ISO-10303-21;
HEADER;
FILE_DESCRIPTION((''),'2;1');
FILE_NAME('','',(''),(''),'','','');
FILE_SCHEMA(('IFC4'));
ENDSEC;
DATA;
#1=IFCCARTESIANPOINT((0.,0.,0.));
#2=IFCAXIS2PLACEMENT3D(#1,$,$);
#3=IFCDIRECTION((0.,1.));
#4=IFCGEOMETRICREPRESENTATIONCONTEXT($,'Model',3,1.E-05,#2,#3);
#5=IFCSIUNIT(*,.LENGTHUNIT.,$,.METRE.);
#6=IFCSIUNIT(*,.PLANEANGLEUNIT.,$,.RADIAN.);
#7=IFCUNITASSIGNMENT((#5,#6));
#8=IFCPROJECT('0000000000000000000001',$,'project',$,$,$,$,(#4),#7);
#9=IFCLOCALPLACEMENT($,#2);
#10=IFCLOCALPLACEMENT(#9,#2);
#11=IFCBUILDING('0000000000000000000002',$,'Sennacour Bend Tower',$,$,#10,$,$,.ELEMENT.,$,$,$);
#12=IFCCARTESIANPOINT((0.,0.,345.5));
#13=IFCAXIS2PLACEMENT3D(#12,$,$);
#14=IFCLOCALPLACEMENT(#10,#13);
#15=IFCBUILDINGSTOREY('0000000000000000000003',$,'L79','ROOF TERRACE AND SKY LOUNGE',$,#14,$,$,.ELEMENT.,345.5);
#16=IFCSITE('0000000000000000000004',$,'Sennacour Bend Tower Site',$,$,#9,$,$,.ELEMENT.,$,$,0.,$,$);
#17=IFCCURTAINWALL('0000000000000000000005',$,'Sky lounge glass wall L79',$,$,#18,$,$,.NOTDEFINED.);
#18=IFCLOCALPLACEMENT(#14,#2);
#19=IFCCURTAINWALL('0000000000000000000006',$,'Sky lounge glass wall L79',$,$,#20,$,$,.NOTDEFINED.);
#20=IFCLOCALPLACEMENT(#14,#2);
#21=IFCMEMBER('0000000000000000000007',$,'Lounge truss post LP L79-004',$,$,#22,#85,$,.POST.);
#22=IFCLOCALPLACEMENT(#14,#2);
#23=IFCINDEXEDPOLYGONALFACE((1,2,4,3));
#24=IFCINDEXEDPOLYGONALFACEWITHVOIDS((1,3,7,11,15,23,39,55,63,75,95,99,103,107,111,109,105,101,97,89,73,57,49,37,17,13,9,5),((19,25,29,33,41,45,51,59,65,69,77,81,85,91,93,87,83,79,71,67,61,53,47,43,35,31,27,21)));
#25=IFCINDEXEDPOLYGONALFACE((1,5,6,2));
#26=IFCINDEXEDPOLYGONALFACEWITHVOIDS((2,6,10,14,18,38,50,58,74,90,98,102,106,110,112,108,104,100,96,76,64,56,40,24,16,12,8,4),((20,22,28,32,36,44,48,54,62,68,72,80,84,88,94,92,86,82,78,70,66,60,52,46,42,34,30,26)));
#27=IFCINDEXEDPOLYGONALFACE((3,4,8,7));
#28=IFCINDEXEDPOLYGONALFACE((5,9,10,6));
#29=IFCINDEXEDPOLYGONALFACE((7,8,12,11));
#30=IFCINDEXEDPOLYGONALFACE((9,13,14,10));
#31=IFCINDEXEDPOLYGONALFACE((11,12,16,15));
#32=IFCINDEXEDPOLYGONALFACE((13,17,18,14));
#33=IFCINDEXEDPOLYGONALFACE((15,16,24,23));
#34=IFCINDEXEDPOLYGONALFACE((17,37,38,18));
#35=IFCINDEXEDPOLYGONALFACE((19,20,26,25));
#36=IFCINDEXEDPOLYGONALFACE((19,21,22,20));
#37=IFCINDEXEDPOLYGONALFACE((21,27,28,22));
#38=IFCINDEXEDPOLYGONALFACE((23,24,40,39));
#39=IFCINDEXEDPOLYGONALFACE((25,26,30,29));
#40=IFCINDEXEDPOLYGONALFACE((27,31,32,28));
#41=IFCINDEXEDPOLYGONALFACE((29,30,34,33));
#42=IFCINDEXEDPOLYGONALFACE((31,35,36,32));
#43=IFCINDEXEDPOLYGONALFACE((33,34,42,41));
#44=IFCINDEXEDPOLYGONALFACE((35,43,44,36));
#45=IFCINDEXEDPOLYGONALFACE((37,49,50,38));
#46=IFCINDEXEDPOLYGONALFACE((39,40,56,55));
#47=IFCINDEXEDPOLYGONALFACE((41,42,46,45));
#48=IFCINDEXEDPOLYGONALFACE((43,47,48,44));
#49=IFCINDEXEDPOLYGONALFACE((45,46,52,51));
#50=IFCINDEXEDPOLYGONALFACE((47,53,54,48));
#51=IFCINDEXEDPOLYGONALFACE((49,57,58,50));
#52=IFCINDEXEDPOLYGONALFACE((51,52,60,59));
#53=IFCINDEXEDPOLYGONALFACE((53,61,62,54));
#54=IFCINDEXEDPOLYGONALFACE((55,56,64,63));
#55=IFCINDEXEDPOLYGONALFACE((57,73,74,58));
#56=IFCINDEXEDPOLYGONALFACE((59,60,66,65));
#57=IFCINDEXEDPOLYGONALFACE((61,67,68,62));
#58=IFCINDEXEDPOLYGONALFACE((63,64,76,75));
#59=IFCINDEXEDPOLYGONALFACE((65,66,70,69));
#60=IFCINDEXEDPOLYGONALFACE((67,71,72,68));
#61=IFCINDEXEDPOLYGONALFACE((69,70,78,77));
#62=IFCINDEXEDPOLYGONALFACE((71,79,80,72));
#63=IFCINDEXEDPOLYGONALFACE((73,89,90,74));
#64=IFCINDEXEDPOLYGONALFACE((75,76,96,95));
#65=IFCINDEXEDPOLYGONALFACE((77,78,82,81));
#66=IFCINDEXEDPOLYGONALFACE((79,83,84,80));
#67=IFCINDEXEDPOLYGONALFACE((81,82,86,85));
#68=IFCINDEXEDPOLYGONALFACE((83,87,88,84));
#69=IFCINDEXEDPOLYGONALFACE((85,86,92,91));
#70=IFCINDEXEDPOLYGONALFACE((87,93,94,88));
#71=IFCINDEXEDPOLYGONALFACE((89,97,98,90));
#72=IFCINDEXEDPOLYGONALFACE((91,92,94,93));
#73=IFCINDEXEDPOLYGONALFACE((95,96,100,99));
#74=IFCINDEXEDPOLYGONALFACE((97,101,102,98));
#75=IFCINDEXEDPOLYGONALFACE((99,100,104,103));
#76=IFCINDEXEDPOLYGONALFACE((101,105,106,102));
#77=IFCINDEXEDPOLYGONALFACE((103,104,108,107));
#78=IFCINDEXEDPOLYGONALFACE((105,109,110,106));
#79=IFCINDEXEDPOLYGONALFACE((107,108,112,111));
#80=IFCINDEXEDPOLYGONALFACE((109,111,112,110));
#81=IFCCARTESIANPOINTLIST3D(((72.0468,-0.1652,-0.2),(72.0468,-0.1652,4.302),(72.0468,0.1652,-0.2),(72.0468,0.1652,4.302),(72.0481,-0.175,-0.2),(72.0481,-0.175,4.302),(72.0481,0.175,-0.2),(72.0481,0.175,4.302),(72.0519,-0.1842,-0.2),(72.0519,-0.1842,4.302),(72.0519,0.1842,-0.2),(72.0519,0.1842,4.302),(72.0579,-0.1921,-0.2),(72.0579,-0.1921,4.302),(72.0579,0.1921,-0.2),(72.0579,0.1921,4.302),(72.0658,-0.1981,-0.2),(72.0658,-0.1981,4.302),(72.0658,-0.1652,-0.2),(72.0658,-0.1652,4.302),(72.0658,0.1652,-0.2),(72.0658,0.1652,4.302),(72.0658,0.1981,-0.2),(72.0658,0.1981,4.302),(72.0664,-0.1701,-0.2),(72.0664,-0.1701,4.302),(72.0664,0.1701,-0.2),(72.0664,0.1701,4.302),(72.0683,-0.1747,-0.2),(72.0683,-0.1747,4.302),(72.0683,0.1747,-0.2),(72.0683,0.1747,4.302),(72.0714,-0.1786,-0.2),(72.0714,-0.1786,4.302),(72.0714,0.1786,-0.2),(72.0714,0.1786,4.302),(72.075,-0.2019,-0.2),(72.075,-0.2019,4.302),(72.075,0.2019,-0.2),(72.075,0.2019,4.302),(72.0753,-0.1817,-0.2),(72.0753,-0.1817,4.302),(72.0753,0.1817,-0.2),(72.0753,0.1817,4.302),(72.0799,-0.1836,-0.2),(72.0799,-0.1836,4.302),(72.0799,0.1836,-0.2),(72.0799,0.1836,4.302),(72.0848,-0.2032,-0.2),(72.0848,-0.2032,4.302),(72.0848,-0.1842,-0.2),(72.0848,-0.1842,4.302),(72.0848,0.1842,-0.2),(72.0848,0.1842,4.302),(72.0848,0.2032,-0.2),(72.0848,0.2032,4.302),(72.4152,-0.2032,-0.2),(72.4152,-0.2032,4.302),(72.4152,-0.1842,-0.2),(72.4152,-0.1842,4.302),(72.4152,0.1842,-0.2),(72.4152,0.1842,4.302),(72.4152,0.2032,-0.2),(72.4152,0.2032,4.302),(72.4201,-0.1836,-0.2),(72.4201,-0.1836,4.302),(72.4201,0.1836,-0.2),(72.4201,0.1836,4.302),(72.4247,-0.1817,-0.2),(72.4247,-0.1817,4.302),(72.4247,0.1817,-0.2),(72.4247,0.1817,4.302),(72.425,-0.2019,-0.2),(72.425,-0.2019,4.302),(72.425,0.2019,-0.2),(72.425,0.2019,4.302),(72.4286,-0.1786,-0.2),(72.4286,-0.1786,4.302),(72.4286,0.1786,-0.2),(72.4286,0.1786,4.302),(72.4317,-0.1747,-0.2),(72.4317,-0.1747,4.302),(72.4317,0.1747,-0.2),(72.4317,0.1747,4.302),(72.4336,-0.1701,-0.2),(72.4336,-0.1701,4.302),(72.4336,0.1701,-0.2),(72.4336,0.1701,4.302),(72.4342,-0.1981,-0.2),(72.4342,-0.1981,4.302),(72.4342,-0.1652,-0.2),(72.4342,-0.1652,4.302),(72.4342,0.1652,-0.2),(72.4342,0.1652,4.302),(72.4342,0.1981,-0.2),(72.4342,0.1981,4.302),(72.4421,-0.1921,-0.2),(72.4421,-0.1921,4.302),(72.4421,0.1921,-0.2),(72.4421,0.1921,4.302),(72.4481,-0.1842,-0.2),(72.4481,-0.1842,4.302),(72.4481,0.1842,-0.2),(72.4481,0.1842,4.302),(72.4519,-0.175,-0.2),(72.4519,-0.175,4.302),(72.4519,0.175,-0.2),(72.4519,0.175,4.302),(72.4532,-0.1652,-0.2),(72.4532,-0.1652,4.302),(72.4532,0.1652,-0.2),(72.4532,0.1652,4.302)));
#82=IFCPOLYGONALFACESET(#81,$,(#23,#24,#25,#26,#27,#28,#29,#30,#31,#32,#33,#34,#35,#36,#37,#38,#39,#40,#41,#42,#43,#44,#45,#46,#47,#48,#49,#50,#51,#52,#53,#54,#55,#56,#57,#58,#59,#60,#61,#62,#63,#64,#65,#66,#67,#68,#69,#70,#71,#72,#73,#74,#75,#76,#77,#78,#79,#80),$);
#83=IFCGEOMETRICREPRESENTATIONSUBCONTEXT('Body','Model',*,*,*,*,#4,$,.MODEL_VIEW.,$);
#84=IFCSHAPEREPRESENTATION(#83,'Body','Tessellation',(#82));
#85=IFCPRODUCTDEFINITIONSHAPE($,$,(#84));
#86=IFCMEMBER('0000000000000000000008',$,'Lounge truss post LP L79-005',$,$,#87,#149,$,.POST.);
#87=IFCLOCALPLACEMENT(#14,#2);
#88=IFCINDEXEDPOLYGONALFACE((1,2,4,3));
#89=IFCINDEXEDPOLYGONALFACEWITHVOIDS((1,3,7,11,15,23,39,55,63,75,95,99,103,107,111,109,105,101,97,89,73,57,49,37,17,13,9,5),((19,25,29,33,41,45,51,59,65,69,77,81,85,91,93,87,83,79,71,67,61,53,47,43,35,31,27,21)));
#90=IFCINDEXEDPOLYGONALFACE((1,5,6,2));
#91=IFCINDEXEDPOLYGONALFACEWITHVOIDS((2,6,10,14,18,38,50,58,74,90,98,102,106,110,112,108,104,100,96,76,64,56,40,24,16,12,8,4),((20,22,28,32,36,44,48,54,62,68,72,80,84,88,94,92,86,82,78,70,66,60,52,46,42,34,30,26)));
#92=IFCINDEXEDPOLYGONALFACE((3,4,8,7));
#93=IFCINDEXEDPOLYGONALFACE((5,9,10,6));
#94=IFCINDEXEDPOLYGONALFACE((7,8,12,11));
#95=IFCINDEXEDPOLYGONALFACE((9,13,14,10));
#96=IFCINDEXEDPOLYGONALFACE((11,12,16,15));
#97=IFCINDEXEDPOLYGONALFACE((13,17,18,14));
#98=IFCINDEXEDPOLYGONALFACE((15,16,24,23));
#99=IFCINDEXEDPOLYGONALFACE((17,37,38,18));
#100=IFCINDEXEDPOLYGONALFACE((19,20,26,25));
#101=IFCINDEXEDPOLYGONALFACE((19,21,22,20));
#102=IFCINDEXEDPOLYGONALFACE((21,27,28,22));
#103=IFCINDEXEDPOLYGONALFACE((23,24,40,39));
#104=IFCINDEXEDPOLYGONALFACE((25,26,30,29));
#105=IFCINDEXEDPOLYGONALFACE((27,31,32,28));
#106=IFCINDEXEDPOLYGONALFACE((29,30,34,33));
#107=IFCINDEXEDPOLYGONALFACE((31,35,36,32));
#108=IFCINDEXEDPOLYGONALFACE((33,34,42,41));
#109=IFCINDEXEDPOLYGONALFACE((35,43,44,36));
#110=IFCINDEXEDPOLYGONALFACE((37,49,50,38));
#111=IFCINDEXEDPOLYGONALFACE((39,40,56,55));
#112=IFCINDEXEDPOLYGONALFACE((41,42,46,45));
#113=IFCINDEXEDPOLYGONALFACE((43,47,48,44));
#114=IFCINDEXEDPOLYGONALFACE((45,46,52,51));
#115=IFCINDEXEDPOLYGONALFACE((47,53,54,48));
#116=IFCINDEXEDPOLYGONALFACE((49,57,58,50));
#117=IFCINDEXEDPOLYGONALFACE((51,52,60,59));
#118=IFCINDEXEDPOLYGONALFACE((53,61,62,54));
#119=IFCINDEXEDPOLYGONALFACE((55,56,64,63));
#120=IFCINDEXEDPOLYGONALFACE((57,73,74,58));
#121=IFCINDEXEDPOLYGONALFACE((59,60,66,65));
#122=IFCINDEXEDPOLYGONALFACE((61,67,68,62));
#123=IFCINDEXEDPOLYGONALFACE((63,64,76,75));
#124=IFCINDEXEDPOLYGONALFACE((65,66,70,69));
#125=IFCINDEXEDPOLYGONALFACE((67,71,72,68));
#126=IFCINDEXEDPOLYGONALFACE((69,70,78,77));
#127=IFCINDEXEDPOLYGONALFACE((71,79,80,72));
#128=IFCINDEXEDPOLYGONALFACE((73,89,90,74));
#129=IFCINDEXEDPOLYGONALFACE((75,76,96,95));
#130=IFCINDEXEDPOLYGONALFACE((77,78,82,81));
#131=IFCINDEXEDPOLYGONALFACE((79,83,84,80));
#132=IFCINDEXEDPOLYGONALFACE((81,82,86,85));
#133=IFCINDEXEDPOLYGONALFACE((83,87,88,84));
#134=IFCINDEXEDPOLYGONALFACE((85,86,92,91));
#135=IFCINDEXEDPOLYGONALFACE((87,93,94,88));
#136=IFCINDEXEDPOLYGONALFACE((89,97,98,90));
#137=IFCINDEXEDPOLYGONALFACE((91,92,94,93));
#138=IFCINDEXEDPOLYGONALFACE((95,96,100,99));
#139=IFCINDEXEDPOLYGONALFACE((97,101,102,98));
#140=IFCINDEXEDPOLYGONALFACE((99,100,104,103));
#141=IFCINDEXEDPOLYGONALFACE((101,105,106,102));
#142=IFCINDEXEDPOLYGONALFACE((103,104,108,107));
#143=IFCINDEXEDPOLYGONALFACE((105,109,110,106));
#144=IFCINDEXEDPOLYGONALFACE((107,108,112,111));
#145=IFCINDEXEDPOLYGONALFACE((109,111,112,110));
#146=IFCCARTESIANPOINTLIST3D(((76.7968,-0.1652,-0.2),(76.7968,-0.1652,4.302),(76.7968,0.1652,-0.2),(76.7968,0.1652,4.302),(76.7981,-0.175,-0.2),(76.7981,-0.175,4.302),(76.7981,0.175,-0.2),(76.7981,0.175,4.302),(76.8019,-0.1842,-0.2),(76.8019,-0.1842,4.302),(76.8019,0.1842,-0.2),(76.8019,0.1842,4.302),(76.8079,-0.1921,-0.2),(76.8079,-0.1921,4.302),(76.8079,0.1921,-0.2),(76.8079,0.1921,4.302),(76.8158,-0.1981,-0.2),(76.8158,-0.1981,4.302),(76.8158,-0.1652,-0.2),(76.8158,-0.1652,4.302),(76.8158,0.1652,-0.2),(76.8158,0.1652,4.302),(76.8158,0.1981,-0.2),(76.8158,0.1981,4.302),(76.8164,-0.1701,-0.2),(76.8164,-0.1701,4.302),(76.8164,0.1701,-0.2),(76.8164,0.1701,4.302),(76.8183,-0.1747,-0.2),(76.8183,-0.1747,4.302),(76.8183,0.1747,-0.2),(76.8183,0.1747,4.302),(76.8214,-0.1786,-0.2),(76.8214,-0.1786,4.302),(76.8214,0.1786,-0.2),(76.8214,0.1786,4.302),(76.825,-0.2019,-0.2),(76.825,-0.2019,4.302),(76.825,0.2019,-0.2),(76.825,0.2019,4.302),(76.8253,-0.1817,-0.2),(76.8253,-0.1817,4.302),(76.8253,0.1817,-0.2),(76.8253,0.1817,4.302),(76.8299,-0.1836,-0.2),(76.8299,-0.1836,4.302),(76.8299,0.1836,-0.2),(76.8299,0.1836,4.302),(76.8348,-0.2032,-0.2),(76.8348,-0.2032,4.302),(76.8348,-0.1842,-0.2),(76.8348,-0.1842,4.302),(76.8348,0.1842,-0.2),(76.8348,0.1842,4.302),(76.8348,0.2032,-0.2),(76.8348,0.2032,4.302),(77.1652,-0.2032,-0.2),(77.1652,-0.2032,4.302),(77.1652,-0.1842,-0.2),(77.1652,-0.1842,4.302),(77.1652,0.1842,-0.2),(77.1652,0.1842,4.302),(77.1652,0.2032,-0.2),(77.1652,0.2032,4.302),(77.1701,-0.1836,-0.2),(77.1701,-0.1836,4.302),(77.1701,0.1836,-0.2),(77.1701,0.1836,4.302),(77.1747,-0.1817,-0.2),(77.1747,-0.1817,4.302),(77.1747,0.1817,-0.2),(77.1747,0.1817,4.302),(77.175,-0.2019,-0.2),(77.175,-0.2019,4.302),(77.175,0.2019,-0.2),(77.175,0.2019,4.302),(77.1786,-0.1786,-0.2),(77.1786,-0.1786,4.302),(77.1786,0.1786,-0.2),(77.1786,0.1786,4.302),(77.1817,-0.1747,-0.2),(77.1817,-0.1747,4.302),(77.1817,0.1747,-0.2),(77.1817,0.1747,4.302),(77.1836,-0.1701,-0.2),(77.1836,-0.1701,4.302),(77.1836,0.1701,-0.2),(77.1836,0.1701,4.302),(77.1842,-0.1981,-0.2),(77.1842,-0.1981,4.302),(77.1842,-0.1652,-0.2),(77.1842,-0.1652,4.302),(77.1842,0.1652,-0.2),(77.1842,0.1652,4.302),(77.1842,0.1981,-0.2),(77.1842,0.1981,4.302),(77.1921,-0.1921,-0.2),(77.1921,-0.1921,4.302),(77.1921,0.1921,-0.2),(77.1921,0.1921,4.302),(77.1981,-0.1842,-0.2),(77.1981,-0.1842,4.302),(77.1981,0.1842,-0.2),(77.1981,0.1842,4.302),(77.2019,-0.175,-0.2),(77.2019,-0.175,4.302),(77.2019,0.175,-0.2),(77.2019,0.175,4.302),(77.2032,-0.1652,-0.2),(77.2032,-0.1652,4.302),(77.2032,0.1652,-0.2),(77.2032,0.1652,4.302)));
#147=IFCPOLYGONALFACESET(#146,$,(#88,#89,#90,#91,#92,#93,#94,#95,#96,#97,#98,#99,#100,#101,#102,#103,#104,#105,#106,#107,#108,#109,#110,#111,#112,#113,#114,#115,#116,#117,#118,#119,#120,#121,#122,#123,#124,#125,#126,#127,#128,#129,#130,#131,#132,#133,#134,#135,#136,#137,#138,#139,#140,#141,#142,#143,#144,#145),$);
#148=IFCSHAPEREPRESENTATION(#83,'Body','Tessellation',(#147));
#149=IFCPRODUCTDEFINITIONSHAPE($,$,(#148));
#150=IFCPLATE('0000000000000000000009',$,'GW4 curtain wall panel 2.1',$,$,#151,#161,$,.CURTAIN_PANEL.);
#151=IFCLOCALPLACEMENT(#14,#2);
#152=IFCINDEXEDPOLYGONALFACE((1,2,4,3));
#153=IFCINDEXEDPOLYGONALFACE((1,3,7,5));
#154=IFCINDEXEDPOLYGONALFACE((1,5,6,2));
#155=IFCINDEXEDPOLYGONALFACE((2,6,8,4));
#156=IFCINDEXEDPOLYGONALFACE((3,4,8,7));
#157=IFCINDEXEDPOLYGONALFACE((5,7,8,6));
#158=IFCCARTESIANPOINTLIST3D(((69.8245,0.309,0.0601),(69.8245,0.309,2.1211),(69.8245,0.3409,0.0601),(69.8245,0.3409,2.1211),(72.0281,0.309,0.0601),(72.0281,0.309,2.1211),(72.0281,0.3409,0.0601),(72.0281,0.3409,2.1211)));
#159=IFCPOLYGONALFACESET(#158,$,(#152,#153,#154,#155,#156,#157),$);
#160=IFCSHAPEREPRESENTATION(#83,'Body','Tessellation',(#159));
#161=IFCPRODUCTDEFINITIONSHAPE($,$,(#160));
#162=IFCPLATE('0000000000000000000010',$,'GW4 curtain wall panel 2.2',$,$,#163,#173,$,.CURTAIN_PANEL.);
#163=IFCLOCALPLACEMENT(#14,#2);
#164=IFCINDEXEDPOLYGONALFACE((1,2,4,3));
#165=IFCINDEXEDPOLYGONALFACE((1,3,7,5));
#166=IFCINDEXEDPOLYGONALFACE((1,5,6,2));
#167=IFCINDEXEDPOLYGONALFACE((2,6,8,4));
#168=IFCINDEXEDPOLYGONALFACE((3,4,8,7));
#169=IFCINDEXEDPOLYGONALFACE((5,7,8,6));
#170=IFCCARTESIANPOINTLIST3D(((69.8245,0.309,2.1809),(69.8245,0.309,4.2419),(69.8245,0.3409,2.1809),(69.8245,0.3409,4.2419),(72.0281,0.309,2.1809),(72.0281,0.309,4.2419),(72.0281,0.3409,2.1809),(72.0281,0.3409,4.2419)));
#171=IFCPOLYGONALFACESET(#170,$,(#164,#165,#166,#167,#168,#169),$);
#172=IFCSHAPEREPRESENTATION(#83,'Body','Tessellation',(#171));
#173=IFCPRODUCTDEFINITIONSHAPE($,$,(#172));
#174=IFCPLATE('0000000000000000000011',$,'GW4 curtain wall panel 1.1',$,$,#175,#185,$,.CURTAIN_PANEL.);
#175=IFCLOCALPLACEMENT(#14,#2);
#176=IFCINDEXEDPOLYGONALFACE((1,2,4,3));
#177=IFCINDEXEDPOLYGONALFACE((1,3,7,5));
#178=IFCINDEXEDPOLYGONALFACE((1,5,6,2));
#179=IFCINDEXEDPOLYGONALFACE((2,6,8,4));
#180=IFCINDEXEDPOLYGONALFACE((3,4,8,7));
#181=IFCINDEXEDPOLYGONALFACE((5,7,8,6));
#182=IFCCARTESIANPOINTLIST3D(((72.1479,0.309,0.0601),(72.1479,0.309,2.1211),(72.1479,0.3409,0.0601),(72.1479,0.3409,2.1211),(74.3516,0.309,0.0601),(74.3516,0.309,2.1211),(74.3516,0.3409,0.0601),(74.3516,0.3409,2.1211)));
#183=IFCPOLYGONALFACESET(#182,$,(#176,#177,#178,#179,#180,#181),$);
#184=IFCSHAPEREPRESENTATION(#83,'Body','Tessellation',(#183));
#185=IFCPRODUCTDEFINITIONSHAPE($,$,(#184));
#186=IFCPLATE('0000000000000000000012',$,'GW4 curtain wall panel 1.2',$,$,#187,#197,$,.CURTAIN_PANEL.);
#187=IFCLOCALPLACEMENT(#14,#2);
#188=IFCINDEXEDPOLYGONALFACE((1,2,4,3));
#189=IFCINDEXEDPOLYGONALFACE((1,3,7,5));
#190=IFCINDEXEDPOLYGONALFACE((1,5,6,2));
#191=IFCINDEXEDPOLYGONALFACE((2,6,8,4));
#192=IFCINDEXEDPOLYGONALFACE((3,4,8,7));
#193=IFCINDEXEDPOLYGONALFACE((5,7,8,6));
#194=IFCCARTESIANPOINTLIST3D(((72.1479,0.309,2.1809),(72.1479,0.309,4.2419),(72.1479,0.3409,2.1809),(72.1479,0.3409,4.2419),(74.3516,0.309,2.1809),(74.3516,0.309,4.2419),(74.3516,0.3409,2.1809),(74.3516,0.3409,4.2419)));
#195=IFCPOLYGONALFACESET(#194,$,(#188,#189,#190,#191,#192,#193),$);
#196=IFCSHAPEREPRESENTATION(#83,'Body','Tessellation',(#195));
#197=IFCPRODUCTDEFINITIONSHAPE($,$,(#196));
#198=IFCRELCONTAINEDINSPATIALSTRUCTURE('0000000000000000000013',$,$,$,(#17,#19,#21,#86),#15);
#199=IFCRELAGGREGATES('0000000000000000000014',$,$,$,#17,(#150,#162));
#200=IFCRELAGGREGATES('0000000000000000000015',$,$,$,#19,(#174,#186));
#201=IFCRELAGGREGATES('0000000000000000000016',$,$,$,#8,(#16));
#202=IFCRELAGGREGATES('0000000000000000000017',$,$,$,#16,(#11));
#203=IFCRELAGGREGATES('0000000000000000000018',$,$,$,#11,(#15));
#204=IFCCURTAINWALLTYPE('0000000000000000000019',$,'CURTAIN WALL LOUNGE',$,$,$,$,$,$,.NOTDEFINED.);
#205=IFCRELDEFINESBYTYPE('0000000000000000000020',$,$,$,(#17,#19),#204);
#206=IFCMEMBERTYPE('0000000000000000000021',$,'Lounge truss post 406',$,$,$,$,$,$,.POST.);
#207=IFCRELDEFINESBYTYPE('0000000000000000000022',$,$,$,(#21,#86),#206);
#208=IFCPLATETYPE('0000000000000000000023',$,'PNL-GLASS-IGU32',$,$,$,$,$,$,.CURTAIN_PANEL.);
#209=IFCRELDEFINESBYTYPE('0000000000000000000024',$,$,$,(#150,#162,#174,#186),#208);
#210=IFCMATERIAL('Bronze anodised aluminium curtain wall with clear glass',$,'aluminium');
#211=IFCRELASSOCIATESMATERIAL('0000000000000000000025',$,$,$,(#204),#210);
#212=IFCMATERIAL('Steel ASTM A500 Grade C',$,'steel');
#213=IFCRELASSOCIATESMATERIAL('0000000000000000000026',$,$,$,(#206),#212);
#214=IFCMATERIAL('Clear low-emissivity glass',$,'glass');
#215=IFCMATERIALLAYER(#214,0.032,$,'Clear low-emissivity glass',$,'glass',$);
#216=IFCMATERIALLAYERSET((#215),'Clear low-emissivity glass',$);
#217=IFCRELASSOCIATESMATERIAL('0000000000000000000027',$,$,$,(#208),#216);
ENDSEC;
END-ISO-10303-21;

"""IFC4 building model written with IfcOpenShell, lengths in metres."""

from ifc_helpers import new_model, si_unit, direction, frame, origin, origin_2d, place, context, subcontext, project, spatial, rectangle, hollow_rectangle, extrude, material, layer, layer_set, material_profile, profile_set, type_object, element, aggregate, save


model = new_model("IFC4")

# Units and contexts
model_context = context("Model", 3, precision=1e-05, world=origin(), true_north=direction((0.0, 1.0)))
body_context = subcontext(model_context, "Body", "Model", "MODEL_VIEW")
ifc_project = project(units=[si_unit("LENGTHUNIT", "METRE"), si_unit("PLANEANGLEUNIT", "RADIAN")], contexts=[model_context])

# Site, building, storey
site_placement = place(None, origin())
site = spatial("IfcSite", under=ifc_project, at=site_placement, Name="Sennacour Bend Tower Site", CompositionType="ELEMENT", RefElevation=0.0)
building_placement = place(site_placement, origin())
building = spatial("IfcBuilding", under=site, at=building_placement, Name="Sennacour Bend Tower", CompositionType="ELEMENT")
storey_placement = place(building_placement, frame((0.0, 0.0, 345.5)))
storey = spatial("IfcBuildingStorey", under=building, at=storey_placement, Name="L79", Description="ROOF TERRACE AND SKY LOUNGE", CompositionType="ELEMENT", Elevation=345.5)

# Curtain wall
ifc_material_1 = material(Name="Bronze anodised aluminium curtain wall with clear glass", Category="aluminium")
curtain_wall_type = type_object("IfcCurtainWallType", Name="CURTAIN WALL LOUNGE", PredefinedType="NOTDEFINED", material=ifc_material_1)
curtain_wall_1_placement = place(storey_placement, origin())
curtain_wall_1 = element("IfcCurtainWall", 1, at=curtain_wall_1_placement, inside=storey, type_object=curtain_wall_type, Name="Sky lounge glass wall L79", PredefinedType="NOTDEFINED")

# Curtain wall
curtain_wall_2_placement = place(storey_placement, origin())
curtain_wall_2 = element("IfcCurtainWall", 2, at=curtain_wall_2_placement, inside=storey, type_object=curtain_wall_type, Name="Sky lounge glass wall L79", PredefinedType="NOTDEFINED")

# Members
ifc_material_2 = material(Name="Steel ASTM A500 Grade C", Category="steel")
ifc_material_profile_1 = material_profile(ifc_material_2, hollow_rectangle(XDim=0.4065, YDim=0.4065, WallThickness=0.019, InnerFilletRadius=0.019, OuterFilletRadius=0.0381, at=origin_2d()), Name="Steel ASTM A500 Grade C", Category="steel")
ifc_profile_set_1 = profile_set([ifc_material_profile_1], Name="Steel ASTM A500 Grade C")
member_type_1 = type_object("IfcMemberType", Name="Lounge truss post 406", PredefinedType="POST", material=ifc_profile_set_1)
for number, where, z_axis, x_axis, name in (
    (3, (72.25, 0.0, -0.2), (0.0, 0.0, 1.0), (1.0, 0.0, 0.0), "Lounge truss post LP L79-004"),
    (4, (77.0, 0.0, -0.2), (0.0, 0.0, 1.0), (1.0, 0.0, 0.0), "Lounge truss post LP L79-005"),
):
    element("IfcMember", number, at=place(storey_placement, frame(where, z_axis=z_axis, x_axis=x_axis)), inside=storey, type_object=member_type_1, Name=name, PredefinedType="POST", context=body_context, shape_type="SweptSolid", body=[
        extrude(hollow_rectangle(XDim=0.4065, YDim=0.4065, WallThickness=0.019, InnerFilletRadius=0.019, OuterFilletRadius=0.0381, at=origin_2d()), origin(), (0.0, 0.0, 1.0), 4.502),
    ])

# Plates
ifc_material_3 = material(Name="Clear low-emissivity glass", Category="glass")
ifc_layer = layer(ifc_material_3, 0.032, Name="Clear low-emissivity glass", Category="glass")
ifc_layer_set = layer_set([ifc_layer], Name="Clear low-emissivity glass")
plate_type = type_object("IfcPlateType", Name="PNL-GLASS-IGU32", PredefinedType="CURTAIN_PANEL", material=ifc_layer_set)
plate_1_placement = place(storey_placement, frame((70.9263, 0.325, 0.0601), z_axis=(0.0, 0.0, 1.0), x_axis=(1.0, 0.0, 0.0)))
plate_1 = element("IfcPlate", 5, at=plate_1_placement, type_object=plate_type, Name="GW4 curtain wall panel 2.1", PredefinedType="CURTAIN_PANEL", context=body_context, shape_type="SweptSolid", body=[
    extrude(rectangle(XDim=2.2036, YDim=0.032, at=origin_2d()), origin(), (0.0, 0.0, 1.0), 2.061),
])
plate_2_placement = place(storey_placement, frame((70.9263, 0.325, 2.1809), z_axis=(0.0, 0.0, 1.0), x_axis=(1.0, 0.0, 0.0)))
plate_2 = element("IfcPlate", 6, at=plate_2_placement, type_object=plate_type, Name="GW4 curtain wall panel 2.2", PredefinedType="CURTAIN_PANEL", context=body_context, shape_type="SweptSolid", body=[
    extrude(rectangle(XDim=2.2036, YDim=0.032, at=origin_2d()), origin(), (0.0, 0.0, 1.0), 2.061),
])
aggregate(curtain_wall_1, [plate_1, plate_2])
plate_3_placement = place(storey_placement, frame((73.2498, 0.325, 0.0601), z_axis=(0.0, 0.0, 1.0), x_axis=(1.0, 0.0, 0.0)))
plate_3 = element("IfcPlate", 7, at=plate_3_placement, type_object=plate_type, Name="GW4 curtain wall panel 1.1", PredefinedType="CURTAIN_PANEL", context=body_context, shape_type="SweptSolid", body=[
    extrude(rectangle(XDim=2.2036, YDim=0.032, at=origin_2d()), origin(), (0.0, 0.0, 1.0), 2.061),
])
plate_4_placement = place(storey_placement, frame((73.2498, 0.325, 2.1809), z_axis=(0.0, 0.0, 1.0), x_axis=(1.0, 0.0, 0.0)))
plate_4 = element("IfcPlate", 8, at=plate_4_placement, type_object=plate_type, Name="GW4 curtain wall panel 1.2", PredefinedType="CURTAIN_PANEL", context=body_context, shape_type="SweptSolid", body=[
    extrude(rectangle(XDim=2.2036, YDim=0.032, at=origin_2d()), origin(), (0.0, 0.0, 1.0), 2.061),
])
aggregate(curtain_wall_2, [plate_3, plate_4])

save(model, "model.ifc")
